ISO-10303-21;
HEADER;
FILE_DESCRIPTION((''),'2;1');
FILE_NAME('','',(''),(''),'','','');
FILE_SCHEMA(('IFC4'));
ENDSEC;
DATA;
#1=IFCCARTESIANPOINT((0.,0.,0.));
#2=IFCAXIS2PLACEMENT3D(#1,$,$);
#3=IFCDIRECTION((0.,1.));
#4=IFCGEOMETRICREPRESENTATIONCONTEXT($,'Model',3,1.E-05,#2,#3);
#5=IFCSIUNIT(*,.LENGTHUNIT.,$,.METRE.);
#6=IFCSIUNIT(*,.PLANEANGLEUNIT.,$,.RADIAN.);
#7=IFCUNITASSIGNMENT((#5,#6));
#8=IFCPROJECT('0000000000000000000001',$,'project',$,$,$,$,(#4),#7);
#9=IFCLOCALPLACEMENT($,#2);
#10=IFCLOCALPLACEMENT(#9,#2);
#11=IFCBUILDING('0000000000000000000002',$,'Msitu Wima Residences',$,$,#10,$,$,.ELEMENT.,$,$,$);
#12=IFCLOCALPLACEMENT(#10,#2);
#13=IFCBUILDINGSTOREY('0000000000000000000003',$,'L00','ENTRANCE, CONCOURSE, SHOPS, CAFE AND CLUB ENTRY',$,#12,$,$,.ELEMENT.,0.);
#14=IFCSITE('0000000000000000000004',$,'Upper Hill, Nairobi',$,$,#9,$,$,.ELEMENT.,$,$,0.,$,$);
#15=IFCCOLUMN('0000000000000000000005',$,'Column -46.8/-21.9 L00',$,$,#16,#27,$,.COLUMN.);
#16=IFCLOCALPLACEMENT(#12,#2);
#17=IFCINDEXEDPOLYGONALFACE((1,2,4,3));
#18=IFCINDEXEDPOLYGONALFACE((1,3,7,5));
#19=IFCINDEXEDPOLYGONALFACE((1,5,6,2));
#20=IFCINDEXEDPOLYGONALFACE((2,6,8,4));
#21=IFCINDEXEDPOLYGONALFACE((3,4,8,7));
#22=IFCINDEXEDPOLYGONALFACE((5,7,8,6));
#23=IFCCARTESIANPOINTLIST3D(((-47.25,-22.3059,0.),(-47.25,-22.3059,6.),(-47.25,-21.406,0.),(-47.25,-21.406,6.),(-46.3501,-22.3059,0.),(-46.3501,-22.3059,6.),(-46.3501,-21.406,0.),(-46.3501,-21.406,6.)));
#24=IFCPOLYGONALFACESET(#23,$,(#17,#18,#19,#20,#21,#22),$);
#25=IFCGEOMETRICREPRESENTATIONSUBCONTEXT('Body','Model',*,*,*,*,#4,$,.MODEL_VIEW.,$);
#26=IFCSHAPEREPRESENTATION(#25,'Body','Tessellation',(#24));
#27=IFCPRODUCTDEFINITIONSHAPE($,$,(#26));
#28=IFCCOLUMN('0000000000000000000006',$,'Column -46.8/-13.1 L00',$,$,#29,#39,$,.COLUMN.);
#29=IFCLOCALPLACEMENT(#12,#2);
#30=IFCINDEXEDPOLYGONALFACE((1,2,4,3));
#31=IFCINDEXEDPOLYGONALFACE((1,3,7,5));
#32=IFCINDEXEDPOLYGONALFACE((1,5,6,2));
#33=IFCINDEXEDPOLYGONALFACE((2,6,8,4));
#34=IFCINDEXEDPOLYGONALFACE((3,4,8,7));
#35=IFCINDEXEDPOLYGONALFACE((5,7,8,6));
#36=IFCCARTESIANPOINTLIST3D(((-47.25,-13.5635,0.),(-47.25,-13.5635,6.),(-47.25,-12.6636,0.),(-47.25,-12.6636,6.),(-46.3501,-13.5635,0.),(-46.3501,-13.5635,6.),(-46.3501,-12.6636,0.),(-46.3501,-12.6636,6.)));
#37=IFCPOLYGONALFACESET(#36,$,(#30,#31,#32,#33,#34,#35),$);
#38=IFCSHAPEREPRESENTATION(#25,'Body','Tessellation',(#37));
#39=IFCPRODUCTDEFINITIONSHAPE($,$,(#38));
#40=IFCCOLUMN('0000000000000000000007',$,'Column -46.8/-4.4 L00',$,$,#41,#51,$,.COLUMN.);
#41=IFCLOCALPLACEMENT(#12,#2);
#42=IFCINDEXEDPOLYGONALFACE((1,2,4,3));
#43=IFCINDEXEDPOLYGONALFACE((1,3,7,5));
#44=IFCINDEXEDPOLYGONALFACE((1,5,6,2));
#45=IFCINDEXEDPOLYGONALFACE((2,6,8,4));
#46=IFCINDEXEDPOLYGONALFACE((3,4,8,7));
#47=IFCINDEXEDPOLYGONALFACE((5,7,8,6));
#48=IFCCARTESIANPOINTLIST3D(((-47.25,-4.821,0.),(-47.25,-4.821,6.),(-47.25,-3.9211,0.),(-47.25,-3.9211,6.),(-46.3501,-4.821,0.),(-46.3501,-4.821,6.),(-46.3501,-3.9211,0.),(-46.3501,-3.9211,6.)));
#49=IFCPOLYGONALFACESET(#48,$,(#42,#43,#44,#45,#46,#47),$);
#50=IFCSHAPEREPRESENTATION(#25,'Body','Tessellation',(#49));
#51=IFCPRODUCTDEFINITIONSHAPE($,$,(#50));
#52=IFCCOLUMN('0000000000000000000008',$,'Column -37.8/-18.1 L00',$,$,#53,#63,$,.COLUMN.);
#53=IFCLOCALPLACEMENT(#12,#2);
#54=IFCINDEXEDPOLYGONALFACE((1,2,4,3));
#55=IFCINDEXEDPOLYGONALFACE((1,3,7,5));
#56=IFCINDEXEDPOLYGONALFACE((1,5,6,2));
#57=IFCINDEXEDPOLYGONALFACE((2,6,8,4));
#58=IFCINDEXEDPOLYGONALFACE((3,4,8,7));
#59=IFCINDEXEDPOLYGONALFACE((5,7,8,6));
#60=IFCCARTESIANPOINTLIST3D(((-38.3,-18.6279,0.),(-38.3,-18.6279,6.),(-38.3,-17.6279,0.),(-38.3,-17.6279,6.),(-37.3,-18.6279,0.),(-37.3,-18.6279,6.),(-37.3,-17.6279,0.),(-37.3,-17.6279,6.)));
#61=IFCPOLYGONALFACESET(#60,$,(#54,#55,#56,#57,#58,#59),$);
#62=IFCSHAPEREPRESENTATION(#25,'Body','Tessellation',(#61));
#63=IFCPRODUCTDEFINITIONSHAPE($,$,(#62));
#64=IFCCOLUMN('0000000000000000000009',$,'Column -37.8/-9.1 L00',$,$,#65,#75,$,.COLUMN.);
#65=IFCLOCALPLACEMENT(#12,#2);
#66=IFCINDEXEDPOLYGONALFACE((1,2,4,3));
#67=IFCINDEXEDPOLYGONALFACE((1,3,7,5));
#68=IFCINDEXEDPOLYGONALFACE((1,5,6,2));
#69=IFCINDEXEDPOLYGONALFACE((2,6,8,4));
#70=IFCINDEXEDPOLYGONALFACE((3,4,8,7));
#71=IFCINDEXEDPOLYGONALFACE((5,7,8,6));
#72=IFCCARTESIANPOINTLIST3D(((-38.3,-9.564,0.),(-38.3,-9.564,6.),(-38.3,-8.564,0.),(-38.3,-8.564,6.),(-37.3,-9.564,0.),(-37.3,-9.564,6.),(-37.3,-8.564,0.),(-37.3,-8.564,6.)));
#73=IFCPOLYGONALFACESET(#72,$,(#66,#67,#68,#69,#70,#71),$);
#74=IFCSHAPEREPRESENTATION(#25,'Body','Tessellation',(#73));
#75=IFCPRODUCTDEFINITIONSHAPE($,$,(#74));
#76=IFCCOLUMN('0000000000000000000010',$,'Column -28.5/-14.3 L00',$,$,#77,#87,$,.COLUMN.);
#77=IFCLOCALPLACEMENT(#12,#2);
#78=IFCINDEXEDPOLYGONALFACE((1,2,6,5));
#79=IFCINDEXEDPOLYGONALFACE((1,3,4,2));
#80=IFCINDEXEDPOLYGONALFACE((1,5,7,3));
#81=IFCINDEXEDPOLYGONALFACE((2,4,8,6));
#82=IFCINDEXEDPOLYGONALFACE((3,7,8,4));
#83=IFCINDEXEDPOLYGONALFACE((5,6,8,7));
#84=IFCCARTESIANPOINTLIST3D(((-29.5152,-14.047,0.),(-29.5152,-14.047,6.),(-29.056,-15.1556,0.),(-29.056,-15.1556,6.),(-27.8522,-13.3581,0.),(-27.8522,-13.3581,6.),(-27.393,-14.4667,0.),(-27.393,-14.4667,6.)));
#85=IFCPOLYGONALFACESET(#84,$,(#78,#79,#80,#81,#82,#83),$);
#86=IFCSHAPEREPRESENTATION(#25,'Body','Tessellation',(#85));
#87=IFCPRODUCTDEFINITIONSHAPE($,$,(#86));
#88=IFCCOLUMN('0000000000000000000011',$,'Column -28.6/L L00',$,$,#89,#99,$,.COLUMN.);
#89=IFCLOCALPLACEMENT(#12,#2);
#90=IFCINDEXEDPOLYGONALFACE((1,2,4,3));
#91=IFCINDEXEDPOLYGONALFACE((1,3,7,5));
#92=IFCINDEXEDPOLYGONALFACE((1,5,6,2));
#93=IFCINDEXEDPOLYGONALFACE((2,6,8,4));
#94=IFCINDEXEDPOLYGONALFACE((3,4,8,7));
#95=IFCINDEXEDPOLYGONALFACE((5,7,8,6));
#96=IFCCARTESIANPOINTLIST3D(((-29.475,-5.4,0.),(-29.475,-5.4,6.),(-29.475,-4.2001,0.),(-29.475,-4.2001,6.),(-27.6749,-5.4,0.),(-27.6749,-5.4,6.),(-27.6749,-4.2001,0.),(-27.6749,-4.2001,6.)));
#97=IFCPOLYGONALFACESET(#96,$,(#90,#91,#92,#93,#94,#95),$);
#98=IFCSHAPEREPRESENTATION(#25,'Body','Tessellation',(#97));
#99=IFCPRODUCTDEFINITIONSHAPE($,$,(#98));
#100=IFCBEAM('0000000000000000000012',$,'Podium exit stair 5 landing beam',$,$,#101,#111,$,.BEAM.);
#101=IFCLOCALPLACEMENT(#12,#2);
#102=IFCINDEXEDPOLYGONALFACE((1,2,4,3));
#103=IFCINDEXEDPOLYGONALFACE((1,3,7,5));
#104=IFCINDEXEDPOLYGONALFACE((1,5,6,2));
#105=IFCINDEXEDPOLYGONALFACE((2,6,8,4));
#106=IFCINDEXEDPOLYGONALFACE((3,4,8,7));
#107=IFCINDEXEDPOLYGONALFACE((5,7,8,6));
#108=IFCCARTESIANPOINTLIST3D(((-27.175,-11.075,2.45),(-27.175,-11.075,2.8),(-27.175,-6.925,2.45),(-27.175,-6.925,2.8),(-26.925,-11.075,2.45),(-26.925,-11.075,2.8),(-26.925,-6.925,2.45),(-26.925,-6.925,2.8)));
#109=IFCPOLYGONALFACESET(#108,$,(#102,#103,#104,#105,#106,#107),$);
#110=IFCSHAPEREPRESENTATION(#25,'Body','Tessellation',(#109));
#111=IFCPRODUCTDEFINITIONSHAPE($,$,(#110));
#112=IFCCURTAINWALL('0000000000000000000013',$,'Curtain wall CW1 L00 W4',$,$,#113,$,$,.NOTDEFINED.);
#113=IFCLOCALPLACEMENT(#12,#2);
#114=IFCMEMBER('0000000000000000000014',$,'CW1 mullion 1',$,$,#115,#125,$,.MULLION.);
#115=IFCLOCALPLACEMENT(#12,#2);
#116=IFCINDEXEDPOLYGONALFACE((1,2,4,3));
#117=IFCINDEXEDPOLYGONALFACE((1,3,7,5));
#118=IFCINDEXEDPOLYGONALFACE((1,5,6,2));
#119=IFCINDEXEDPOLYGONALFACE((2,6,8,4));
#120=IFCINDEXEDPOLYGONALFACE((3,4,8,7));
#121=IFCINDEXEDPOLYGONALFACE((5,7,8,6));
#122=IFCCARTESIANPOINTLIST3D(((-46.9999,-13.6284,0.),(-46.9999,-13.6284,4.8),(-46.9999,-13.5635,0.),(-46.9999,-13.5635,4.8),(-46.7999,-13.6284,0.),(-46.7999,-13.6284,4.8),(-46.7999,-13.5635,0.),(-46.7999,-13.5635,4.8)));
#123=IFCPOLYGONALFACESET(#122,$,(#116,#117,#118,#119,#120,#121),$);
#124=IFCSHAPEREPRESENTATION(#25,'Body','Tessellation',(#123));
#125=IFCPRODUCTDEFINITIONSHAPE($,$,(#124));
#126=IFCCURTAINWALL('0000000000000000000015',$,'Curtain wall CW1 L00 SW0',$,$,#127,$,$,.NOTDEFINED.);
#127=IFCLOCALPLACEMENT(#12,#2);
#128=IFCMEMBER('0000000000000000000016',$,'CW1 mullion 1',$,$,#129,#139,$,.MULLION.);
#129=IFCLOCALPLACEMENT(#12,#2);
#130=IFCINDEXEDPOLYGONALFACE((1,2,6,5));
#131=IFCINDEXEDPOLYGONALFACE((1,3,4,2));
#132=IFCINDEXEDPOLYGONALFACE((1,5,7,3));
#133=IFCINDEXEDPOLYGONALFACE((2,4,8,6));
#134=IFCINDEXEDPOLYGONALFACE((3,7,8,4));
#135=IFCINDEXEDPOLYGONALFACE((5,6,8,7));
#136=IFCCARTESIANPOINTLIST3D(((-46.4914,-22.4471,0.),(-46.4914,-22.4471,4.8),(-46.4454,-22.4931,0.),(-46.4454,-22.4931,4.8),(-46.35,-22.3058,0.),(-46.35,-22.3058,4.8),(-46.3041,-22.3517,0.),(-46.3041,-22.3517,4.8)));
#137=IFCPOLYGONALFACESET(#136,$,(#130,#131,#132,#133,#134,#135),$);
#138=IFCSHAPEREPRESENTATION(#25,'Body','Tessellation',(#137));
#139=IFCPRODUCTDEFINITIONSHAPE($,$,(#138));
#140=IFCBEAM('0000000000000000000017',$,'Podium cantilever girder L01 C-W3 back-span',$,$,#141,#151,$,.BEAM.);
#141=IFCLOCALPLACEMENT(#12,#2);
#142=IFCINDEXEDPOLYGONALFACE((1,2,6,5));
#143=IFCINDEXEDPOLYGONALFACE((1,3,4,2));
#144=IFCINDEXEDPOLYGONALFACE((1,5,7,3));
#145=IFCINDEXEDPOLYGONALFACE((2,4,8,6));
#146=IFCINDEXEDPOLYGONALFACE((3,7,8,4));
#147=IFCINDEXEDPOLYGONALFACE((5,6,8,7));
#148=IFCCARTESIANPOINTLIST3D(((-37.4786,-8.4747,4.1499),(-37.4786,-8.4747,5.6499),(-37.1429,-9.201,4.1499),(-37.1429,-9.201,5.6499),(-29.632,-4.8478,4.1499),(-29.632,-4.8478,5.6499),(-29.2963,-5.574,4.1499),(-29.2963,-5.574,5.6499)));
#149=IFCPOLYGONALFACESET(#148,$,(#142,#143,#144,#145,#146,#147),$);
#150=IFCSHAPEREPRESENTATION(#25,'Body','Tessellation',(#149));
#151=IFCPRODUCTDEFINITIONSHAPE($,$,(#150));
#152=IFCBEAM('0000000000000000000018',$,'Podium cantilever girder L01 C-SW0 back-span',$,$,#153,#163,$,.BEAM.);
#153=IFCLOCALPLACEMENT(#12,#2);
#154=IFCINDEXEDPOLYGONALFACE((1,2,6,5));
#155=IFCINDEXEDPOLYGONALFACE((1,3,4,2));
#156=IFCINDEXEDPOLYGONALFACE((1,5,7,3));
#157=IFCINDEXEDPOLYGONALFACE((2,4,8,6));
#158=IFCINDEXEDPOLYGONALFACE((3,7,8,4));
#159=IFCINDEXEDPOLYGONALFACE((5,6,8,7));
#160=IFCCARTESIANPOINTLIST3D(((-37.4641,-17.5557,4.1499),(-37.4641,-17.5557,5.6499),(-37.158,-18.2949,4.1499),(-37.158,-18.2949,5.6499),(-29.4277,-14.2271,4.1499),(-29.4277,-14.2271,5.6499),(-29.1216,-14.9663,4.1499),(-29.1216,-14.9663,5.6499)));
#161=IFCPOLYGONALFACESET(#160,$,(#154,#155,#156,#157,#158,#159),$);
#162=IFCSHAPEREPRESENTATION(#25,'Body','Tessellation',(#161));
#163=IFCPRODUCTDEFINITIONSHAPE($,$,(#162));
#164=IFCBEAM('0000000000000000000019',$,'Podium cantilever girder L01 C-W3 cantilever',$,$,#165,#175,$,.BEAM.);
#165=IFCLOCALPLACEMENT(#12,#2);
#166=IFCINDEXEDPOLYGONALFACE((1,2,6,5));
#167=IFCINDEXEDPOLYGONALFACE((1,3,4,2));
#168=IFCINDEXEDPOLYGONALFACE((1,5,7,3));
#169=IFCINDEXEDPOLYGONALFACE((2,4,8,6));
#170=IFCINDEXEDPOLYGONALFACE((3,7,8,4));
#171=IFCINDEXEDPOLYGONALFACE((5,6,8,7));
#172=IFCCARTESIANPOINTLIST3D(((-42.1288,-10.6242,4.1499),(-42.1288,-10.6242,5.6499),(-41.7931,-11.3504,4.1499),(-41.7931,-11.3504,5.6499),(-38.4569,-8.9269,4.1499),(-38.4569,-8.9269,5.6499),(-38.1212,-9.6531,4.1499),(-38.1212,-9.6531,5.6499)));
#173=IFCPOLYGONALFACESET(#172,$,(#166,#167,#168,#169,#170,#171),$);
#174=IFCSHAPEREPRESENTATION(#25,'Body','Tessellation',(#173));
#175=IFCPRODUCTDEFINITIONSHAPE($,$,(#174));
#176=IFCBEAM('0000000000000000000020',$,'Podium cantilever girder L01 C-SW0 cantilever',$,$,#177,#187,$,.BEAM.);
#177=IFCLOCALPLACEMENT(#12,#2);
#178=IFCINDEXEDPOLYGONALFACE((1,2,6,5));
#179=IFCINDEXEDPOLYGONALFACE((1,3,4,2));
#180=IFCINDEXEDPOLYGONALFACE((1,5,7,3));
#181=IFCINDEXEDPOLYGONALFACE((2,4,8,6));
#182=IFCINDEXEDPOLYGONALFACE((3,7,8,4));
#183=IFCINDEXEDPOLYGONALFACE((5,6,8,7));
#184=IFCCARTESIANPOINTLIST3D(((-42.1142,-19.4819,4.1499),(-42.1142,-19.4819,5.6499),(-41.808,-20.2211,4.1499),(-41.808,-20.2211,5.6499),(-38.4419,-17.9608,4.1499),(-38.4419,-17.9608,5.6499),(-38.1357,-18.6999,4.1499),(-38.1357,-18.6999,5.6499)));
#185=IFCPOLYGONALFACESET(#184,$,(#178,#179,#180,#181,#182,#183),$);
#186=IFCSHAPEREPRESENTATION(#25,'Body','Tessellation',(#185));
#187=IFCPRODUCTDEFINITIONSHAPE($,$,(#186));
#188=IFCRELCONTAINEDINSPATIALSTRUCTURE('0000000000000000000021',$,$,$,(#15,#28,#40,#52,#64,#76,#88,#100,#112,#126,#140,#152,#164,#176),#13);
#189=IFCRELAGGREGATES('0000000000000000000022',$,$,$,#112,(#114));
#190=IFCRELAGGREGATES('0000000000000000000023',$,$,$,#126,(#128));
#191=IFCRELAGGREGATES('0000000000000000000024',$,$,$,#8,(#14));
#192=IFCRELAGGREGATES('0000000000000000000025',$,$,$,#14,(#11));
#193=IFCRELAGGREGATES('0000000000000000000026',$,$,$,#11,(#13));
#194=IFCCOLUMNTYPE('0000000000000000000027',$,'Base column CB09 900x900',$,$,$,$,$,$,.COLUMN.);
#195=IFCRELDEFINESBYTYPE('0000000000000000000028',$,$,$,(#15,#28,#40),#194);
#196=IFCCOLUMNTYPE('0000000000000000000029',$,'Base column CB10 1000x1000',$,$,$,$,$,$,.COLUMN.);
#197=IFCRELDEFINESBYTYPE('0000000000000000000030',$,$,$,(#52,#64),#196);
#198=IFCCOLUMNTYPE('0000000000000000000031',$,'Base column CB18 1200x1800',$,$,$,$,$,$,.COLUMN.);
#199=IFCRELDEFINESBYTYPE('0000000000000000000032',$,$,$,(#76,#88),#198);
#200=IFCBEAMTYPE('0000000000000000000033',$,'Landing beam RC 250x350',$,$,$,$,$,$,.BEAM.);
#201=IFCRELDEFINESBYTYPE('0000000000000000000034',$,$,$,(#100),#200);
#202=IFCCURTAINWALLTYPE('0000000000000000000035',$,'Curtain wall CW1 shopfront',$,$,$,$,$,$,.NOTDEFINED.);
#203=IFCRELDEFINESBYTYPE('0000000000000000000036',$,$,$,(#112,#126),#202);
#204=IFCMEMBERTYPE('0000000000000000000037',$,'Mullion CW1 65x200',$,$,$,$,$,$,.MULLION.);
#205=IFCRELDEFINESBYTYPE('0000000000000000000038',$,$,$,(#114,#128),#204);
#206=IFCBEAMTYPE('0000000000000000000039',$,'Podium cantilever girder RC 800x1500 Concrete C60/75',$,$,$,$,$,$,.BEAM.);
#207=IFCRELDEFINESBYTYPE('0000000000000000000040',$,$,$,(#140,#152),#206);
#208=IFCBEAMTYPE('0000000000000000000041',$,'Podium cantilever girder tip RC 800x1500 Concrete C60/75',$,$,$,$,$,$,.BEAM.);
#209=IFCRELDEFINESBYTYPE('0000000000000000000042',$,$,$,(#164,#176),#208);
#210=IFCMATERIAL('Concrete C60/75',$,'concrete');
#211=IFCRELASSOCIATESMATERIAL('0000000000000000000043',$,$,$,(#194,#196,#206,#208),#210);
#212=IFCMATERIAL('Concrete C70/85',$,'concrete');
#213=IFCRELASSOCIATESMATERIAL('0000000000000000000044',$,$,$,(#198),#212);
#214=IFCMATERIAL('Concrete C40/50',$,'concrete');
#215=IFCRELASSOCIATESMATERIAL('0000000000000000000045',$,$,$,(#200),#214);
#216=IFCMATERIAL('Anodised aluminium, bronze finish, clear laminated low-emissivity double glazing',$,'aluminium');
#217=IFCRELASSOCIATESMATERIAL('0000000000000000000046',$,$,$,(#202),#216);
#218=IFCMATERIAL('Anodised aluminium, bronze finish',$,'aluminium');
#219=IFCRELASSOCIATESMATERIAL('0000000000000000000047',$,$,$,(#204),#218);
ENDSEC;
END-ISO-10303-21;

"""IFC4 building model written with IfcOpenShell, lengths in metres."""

from ifc_helpers import new_model, si_unit, direction, frame, origin, origin_2d, place, context, subcontext, project, spatial, rectangle, extrude, material, material_profile, profile_set, type_object, element, aggregate, save


model = new_model("IFC4")

# Units and contexts
model_context = context("Model", 3, precision=1e-05, world=origin(), true_north=direction((0.0, 1.0)))
body_context = subcontext(model_context, "Body", "Model", "MODEL_VIEW")
ifc_project = project(units=[si_unit("LENGTHUNIT", "METRE"), si_unit("PLANEANGLEUNIT", "RADIAN")], contexts=[model_context])

# Site, building, storey
site_placement = place(None, origin())
site = spatial("IfcSite", under=ifc_project, at=site_placement, Name="Upper Hill, Nairobi", CompositionType="ELEMENT", RefElevation=0.0)
building_placement = place(site_placement, origin())
building = spatial("IfcBuilding", under=site, at=building_placement, Name="Msitu Wima Residences", CompositionType="ELEMENT")
storey_placement = place(building_placement, origin())
storey = spatial("IfcBuildingStorey", under=building, at=storey_placement, Name="L00", Description="ENTRANCE, CONCOURSE, SHOPS, CAFE AND CLUB ENTRY", CompositionType="ELEMENT", Elevation=0.0)

# Columns
ifc_material_1 = material(Name="Concrete C60/75", Category="concrete")
ifc_material_profile_1 = material_profile(ifc_material_1, rectangle(XDim=0.8999, YDim=0.8999, at=origin_2d()), Name="RC 900x900")
ifc_profile_set_1 = profile_set([ifc_material_profile_1], Name="Concrete C60/75")
column_type_1 = type_object("IfcColumnType", Name="Base column CB09 900x900", PredefinedType="COLUMN", material=ifc_profile_set_1)
for number, where, z_axis, x_axis, name in (
    (1, (-46.8, -21.856, 0.0), (0.0, 0.0, 1.0), (1.0, 0.0, 0.0), "Column -46.8/-21.9 L00"),
    (2, (-46.8, -13.1135, 0.0), (0.0, 0.0, 1.0), (1.0, 0.0, 0.0), "Column -46.8/-13.1 L00"),
    (3, (-46.8, -4.3711, 0.0), (0.0, 0.0, 1.0), (1.0, 0.0, 0.0), "Column -46.8/-4.4 L00"),
):
    element("IfcColumn", number, at=place(storey_placement, frame(where, z_axis=z_axis, x_axis=x_axis)), inside=storey, type_object=column_type_1, Name=name, PredefinedType="COLUMN", context=body_context, shape_type="SweptSolid", body=[
        extrude(rectangle(XDim=0.8999, YDim=0.8999, at=origin_2d()), origin(), (0.0, 0.0, 1.0), 6.0),
    ])
ifc_material_profile_2 = material_profile(ifc_material_1, rectangle(XDim=1.0, YDim=1.0, at=origin_2d()), Name="RC 1000x1000")
ifc_profile_set_2 = profile_set([ifc_material_profile_2], Name="Concrete C60/75")
column_type_2 = type_object("IfcColumnType", Name="Base column CB10 1000x1000", PredefinedType="COLUMN", material=ifc_profile_set_2)
for number, where, z_axis, x_axis, name in (
    (4, (-37.8, -18.1279, 0.0), (0.0, 0.0, 1.0), (1.0, 0.0, 0.0), "Column -37.8/-18.1 L00"),
    (5, (-37.8, -9.064, 0.0), (0.0, 0.0, 1.0), (1.0, 0.0, 0.0), "Column -37.8/-9.1 L00"),
):
    element("IfcColumn", number, at=place(storey_placement, frame(where, z_axis=z_axis, x_axis=x_axis)), inside=storey, type_object=column_type_2, Name=name, PredefinedType="COLUMN", context=body_context, shape_type="SweptSolid", body=[
        extrude(rectangle(XDim=1.0, YDim=1.0, at=origin_2d()), origin(), (0.0, 0.0, 1.0), 6.0),
    ])
ifc_material_2 = material(Name="Concrete C70/85", Category="concrete")
ifc_material_profile_3 = material_profile(ifc_material_2, rectangle(XDim=1.2, YDim=1.8, at=origin_2d()), Name="RC 1200x1800")
ifc_profile_set_3 = profile_set([ifc_material_profile_3], Name="Concrete C70/85")
column_type_3 = type_object("IfcColumnType", Name="Base column CB18 1200x1800", PredefinedType="COLUMN", material=ifc_profile_set_3)
for number, where, z_axis, x_axis, name in (
    (6, (-28.4541, -14.2568, 0.0), (0.0, 0.0, 1.0), (0.382683, -0.92388, 0.0), "Column -28.5/-14.3 L00"),
    (7, (-28.575, -4.8, 0.0), (0.0, 0.0, 1.0), (0.0, -1.0, 0.0), "Column -28.6/L L00"),
):
    element("IfcColumn", number, at=place(storey_placement, frame(where, z_axis=z_axis, x_axis=x_axis)), inside=storey, type_object=column_type_3, Name=name, PredefinedType="COLUMN", context=body_context, shape_type="SweptSolid", body=[
        extrude(rectangle(XDim=1.2, YDim=1.8, at=origin_2d()), origin(), (0.0, 0.0, 1.0), 6.0),
    ])

# Beam
ifc_material_3 = material(Name="Concrete C40/50", Category="concrete")
ifc_material_profile_4 = material_profile(ifc_material_3, rectangle(XDim=0.25, YDim=0.3501, at=origin_2d()), Name="RC 250x350")
ifc_profile_set_4 = profile_set([ifc_material_profile_4], Name="Concrete C40/50")
beam_type_1 = type_object("IfcBeamType", Name="Landing beam RC 250x350", PredefinedType="BEAM", material=ifc_profile_set_4)
beam_1_placement = place(storey_placement, frame((-27.05, -6.925, 2.625), z_axis=(0.0, -1.0, 0.0), x_axis=(1.0, 0.0, 0.0)))
element("IfcBeam", 8, at=beam_1_placement, inside=storey, type_object=beam_type_1, Name="Podium exit stair 5 landing beam", PredefinedType="BEAM", context=body_context, shape_type="SweptSolid", body=[
    extrude(rectangle(XDim=0.25, YDim=0.3501, at=origin_2d()), origin(), (0.0, 0.0, 1.0), 4.1499),
])

# Curtain walls, members
ifc_material_4 = material(Name="Anodised aluminium, bronze finish, clear laminated low-emissivity double glazing", Category="aluminium")
curtain_wall_type = type_object("IfcCurtainWallType", Name="Curtain wall CW1 shopfront", PredefinedType="NOTDEFINED", material=ifc_material_4)
curtain_wall_1_placement = place(storey_placement, origin())
curtain_wall_1 = element("IfcCurtainWall", 9, at=curtain_wall_1_placement, inside=storey, type_object=curtain_wall_type, Name="Curtain wall CW1 L00 W4", PredefinedType="NOTDEFINED")
ifc_material_5 = material(Name="Anodised aluminium, bronze finish", Category="aluminium")
ifc_material_profile_5 = material_profile(ifc_material_5, rectangle(XDim=0.2, YDim=0.0649, at=origin_2d()), Name="Mullion 65x200")
ifc_profile_set_5 = profile_set([ifc_material_profile_5], Name="Anodised aluminium, bronze finish")
member_type = type_object("IfcMemberType", Name="Mullion CW1 65x200", PredefinedType="MULLION", material=ifc_profile_set_5)
member_1_placement = place(storey_placement, frame((-46.8999, -13.5959, 0.0), z_axis=(0.0, 0.0, 1.0), x_axis=(1.0, 0.0, 0.0)))
member_1 = element("IfcMember", 10, at=member_1_placement, type_object=member_type, Name="CW1 mullion 1", PredefinedType="MULLION", context=body_context, shape_type="SweptSolid", body=[
    extrude(rectangle(XDim=0.2, YDim=0.0649, at=origin_2d()), origin(), (0.0, 0.0, 1.0), 4.8),
])
aggregate(curtain_wall_1, [member_1])
curtain_wall_2_placement = place(storey_placement, origin())
curtain_wall_2 = element("IfcCurtainWall", 11, at=curtain_wall_2_placement, inside=storey, type_object=curtain_wall_type, Name="Curtain wall CW1 L00 SW0", PredefinedType="NOTDEFINED")
member_2_placement = place(storey_placement, frame((-46.3977, -22.3994, 0.0), z_axis=(0.0, 0.0, 1.0), x_axis=(0.707107, 0.707107, 0.0)))
member_2 = element("IfcMember", 12, at=member_2_placement, type_object=member_type, Name="CW1 mullion 1", PredefinedType="MULLION", context=body_context, shape_type="SweptSolid", body=[
    extrude(rectangle(XDim=0.2, YDim=0.0649, at=origin_2d()), origin(), (0.0, 0.0, 1.0), 4.8),
])
aggregate(curtain_wall_2, [member_2])

# Beams
ifc_material_profile_6 = material_profile(ifc_material_1, rectangle(XDim=0.8, YDim=1.5, at=origin_2d()), Name="RC 800x1500")
ifc_profile_set_6 = profile_set([ifc_material_profile_6], Name="Concrete C60/75")
beam_type_2 = type_object("IfcBeamType", Name="Podium cantilever girder RC 800x1500 Concrete C60/75", PredefinedType="BEAM", material=ifc_profile_set_6)
beam_2_placement = place(storey_placement, frame((-29.4641, -5.2109, 4.8999), z_axis=(-0.907721, -0.419574, 0.0), x_axis=(0.419574, -0.907721, 0.0)))
element("IfcBeam", 13, at=beam_2_placement, inside=storey, type_object=beam_type_2, Name="Podium cantilever girder L01 C-W3 back-span", PredefinedType="BEAM", context=body_context, shape_type="SweptSolid", body=[
    extrude(rectangle(XDim=0.8, YDim=1.5, at=origin_2d()), origin(), (0.0, 0.0, 1.0), 8.6443),
])
beam_3_placement = place(storey_placement, frame((-29.2747, -14.5967, 4.8999), z_axis=(-0.923886, -0.382667, 0.0), x_axis=(0.382667, -0.923886, 0.0)))
element("IfcBeam", 14, at=beam_3_placement, inside=storey, type_object=beam_type_2, Name="Podium cantilever girder L01 C-SW0 back-span", PredefinedType="BEAM", context=body_context, shape_type="SweptSolid", body=[
    extrude(rectangle(XDim=0.8, YDim=1.5, at=origin_2d()), origin(), (0.0, 0.0, 1.0), 8.6985),
])
ifc_material_profile_7 = material_profile(ifc_material_1, rectangle(XDim=0.8, YDim=1.5, at=origin_2d()), Name="RC 800x1500")
ifc_profile_set_7 = profile_set([ifc_material_profile_7], Name="Concrete C60/75")
beam_type_3 = type_object("IfcBeamType", Name="Podium cantilever girder tip RC 800x1500 Concrete C60/75", PredefinedType="BEAM", material=ifc_profile_set_7)
beam_4_placement = place(storey_placement, frame((-38.2891, -9.29, 4.8999), z_axis=(-0.907719, -0.419579, 0.0), x_axis=(0.419579, -0.907719, 0.0)))
element("IfcBeam", 15, at=beam_4_placement, inside=storey, type_object=beam_type_3, Name="Podium cantilever girder L01 C-W3 cantilever", PredefinedType="BEAM", context=body_context, shape_type="SweptSolid", body=[
    extrude(rectangle(XDim=0.8, YDim=1.5, at=origin_2d()), origin(), (0.0, 0.0, 1.0), 4.0452),
])
beam_5_placement = place(storey_placement, frame((-38.2888, -18.3303, 4.8999), z_axis=(-0.923871, -0.382704, 0.0), x_axis=(0.382704, -0.923871, 0.0)))
element("IfcBeam", 16, at=beam_5_placement, inside=storey, type_object=beam_type_3, Name="Podium cantilever girder L01 C-SW0 cantilever", PredefinedType="BEAM", context=body_context, shape_type="SweptSolid", body=[
    extrude(rectangle(XDim=0.8, YDim=1.5, at=origin_2d()), origin(), (0.0, 0.0, 1.0), 3.9749),
])

save(model, "model.ifc")
